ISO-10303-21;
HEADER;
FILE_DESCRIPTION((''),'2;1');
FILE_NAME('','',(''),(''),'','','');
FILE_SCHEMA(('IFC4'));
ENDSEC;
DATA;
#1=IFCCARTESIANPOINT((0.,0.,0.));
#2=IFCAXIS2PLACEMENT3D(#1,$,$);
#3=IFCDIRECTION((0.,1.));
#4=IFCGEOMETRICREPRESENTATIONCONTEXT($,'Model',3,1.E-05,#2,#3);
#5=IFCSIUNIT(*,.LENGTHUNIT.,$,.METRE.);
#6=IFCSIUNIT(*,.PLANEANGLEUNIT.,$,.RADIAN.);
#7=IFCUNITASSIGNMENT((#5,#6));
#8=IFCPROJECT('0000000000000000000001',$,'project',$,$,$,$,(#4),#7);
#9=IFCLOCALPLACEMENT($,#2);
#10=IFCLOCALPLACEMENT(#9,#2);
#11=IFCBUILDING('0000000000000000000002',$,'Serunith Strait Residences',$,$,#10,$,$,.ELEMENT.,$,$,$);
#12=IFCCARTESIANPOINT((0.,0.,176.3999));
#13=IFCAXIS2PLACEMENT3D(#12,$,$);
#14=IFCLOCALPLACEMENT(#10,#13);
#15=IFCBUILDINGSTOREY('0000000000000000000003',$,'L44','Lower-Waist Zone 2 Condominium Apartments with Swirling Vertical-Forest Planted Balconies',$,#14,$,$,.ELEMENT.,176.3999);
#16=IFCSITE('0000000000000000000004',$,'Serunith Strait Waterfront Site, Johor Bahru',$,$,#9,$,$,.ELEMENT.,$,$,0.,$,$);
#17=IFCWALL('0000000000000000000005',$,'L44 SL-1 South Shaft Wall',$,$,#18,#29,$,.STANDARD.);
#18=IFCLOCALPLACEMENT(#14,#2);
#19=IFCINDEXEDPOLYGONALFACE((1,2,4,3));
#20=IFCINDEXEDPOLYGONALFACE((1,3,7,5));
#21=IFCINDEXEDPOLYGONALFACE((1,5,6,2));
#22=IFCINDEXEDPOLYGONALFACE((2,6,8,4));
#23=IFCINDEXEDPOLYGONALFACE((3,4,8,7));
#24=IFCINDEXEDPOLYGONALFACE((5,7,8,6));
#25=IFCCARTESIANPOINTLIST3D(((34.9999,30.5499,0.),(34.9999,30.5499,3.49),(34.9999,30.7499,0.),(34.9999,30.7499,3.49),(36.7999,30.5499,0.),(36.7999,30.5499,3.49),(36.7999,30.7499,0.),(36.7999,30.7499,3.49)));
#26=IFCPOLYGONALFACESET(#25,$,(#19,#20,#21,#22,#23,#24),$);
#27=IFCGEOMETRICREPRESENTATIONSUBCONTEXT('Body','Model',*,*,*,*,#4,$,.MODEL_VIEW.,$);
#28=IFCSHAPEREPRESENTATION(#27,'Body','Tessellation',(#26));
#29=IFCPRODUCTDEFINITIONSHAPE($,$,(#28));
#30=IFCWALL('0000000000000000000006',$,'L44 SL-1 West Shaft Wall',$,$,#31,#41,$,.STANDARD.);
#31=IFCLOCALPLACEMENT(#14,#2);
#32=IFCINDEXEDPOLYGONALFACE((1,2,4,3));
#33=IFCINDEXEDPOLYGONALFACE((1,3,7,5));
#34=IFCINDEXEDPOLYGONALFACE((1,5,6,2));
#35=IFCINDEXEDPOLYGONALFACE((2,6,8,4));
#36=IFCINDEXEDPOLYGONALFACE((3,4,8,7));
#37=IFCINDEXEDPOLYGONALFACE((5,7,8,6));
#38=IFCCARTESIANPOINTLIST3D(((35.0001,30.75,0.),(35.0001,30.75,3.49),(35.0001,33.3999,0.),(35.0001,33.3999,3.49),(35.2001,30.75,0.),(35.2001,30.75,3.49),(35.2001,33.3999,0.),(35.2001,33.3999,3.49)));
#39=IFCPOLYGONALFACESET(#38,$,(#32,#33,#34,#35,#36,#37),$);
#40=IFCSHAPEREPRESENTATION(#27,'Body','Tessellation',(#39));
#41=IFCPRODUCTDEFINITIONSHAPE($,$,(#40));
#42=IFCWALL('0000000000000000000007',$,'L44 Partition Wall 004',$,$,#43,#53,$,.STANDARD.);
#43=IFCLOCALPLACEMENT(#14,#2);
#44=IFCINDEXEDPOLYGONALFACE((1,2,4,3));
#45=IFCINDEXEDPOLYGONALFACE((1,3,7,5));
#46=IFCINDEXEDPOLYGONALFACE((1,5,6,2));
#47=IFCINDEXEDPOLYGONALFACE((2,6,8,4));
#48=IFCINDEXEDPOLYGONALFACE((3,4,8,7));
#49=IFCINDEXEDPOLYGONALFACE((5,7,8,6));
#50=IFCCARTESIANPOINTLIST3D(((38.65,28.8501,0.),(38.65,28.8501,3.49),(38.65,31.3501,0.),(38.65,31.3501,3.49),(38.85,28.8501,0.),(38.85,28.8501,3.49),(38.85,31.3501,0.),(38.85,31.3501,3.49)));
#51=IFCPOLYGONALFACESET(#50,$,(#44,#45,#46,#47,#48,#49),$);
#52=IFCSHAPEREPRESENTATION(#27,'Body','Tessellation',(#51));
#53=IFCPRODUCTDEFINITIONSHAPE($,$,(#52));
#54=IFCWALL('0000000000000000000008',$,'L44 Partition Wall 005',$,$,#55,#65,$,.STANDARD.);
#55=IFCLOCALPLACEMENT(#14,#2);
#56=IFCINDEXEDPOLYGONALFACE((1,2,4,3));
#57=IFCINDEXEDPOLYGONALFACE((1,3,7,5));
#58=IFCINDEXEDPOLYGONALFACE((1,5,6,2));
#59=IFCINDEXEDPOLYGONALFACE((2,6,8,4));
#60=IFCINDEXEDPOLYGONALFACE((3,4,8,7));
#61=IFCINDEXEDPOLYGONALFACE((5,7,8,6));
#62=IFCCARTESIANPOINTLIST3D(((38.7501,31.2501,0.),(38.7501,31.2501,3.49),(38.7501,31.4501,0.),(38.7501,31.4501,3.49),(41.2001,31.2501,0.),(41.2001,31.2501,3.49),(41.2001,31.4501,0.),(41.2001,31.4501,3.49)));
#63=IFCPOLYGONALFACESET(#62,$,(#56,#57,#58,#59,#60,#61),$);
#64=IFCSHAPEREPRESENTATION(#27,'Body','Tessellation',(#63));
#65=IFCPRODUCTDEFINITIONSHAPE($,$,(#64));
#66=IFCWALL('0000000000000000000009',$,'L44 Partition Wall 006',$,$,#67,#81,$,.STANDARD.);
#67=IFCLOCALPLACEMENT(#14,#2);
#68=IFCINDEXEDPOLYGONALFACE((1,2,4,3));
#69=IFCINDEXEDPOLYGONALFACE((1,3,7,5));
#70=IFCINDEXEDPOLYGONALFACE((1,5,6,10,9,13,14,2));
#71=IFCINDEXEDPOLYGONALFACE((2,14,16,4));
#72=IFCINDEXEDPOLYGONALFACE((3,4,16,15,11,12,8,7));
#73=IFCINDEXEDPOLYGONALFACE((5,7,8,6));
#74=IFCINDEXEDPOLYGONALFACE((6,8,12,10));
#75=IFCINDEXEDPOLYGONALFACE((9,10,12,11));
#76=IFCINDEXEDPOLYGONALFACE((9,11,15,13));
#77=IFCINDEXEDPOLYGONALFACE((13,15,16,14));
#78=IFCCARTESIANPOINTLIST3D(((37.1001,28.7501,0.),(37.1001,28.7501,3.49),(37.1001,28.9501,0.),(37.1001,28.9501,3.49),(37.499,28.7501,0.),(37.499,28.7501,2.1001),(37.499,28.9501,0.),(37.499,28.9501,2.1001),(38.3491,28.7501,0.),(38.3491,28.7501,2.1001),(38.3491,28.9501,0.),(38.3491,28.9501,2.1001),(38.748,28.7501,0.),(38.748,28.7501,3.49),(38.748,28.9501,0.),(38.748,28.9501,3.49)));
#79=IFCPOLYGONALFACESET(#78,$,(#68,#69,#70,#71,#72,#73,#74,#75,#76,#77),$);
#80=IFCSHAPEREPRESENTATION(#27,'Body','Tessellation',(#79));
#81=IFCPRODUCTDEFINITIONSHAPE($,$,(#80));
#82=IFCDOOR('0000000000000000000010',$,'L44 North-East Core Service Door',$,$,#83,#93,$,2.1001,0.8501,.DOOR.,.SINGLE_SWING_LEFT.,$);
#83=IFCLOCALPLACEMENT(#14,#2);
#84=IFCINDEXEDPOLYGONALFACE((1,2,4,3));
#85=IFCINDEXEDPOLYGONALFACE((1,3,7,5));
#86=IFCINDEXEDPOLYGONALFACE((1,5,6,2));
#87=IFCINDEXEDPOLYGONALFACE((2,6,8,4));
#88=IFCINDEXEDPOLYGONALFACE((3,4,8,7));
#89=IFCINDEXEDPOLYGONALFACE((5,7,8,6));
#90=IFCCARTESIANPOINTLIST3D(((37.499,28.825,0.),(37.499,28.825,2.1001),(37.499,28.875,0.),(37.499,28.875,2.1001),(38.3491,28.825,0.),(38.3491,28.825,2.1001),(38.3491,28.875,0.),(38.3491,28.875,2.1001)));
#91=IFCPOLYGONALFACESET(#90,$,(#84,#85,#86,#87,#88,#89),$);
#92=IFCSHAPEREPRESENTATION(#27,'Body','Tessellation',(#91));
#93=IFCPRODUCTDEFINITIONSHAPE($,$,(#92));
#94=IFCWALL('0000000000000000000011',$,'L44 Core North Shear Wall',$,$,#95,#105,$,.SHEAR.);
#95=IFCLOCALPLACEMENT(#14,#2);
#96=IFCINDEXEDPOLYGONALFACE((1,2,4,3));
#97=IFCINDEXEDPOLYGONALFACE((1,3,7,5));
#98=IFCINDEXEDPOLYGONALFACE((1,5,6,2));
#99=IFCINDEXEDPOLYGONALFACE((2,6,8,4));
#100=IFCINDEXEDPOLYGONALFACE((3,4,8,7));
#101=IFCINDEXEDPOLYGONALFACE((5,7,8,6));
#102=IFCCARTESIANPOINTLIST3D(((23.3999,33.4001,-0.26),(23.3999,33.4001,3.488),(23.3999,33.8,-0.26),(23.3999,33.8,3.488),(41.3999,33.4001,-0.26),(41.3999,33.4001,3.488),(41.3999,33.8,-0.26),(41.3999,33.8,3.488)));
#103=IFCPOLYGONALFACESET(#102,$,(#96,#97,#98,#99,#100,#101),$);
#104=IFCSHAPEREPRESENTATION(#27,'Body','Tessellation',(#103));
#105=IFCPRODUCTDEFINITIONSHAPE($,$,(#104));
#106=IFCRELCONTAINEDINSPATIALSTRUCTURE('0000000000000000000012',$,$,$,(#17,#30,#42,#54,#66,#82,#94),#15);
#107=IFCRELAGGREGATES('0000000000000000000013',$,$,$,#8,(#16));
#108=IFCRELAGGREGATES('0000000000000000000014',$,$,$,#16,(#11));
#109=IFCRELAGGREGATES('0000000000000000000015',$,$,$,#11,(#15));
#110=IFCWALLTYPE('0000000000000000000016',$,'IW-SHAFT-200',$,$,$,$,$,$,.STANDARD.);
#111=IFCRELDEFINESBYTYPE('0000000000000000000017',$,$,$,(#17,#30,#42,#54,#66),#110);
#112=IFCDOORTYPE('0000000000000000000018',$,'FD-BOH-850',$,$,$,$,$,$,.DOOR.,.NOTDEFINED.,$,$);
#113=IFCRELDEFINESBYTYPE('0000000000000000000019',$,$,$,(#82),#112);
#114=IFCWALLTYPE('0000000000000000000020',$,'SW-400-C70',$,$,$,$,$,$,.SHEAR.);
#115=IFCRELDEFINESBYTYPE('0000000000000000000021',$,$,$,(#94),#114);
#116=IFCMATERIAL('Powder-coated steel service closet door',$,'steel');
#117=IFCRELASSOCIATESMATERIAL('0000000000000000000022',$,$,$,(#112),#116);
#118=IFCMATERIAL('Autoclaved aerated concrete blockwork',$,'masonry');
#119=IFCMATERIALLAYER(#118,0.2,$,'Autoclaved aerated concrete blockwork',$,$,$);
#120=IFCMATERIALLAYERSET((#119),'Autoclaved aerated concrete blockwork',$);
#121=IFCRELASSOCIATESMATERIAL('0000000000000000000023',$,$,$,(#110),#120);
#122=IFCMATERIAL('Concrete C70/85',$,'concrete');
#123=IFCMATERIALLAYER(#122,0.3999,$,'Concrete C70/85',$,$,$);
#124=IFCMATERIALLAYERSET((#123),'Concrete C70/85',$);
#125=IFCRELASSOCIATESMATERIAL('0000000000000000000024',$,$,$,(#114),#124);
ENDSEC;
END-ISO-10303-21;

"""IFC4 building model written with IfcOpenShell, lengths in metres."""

from ifc_helpers import new_model, si_unit, direction, frame, frame_2d, origin, place, context, subcontext, project, spatial, rectangle, extrude, source, transform, mapped, material, layer, layer_set, type_object, element, fill, save


model = new_model("IFC4")

# Units and contexts
model_context = context("Model", 3, precision=1e-05, world=origin(), true_north=direction((0.0, 1.0)))
body_context = subcontext(model_context, "Body", "Model", "MODEL_VIEW")
ifc_project = project(units=[si_unit("LENGTHUNIT", "METRE"), si_unit("PLANEANGLEUNIT", "RADIAN")], contexts=[model_context])

# Site, building, storey
site_placement = place(None, origin())
site = spatial("IfcSite", under=ifc_project, at=site_placement, Name="Serunith Strait Waterfront Site, Johor Bahru", CompositionType="ELEMENT", RefElevation=0.0)
building_placement = place(site_placement, origin())
building = spatial("IfcBuilding", under=site, at=building_placement, Name="Serunith Strait Residences", CompositionType="ELEMENT")
storey_placement = place(building_placement, frame((0.0, 0.0, 176.3999)))
storey = spatial("IfcBuildingStorey", under=building, at=storey_placement, Name="L44", Description="Lower-Waist Zone 2 Condominium Apartments with Swirling Vertical-Forest Planted Balconies", CompositionType="ELEMENT", Elevation=176.3999)

# Shared definitions
ifc_material_1 = material(Name="Powder-coated steel service closet door", Category="steel")
door_type_1 = type_object("IfcDoorType", Name="FD-BOH-850", OperationType="NOTDEFINED", PredefinedType="DOOR", material=ifc_material_1)
shared_shape_1 = source(origin(), body_context, "Body", "SweptSolid", [
    extrude(rectangle(XDim=0.8501, YDim=2.1001, at=frame_2d((0.425, 1.05))), frame((0.0, 0.0249, 0.0), z_axis=(0.0, -1.0, 0.0), x_axis=(1.0, 0.0, 0.0)), (0.0, 0.0, 1.0), 0.05),
])
ifc_material_2 = material(Name="Autoclaved aerated concrete blockwork", Category="masonry")
ifc_layer_1 = layer(ifc_material_2, 0.2, Name="Autoclaved aerated concrete blockwork")
ifc_layer_set_1 = layer_set([ifc_layer_1], Name="Autoclaved aerated concrete blockwork")
wall_type_1 = type_object("IfcWallType", Name="IW-SHAFT-200", PredefinedType="STANDARD", material=ifc_layer_set_1)

# Walls
wall_1_placement = place(storey_placement, frame((35.0, 30.6499, 0.0), z_axis=(0.0, 0.0, 1.0), x_axis=(1.0, 0.0, 0.0)))
element("IfcWall", 1, at=wall_1_placement, inside=storey, type_object=wall_type_1, Name="L44 SL-1 South Shaft Wall", PredefinedType="STANDARD", context=body_context, shape_type="SweptSolid", body=[
    extrude(rectangle(XDim=1.8, YDim=0.2, at=frame_2d((0.8999, 0.0))), origin(), (0.0, 0.0, 1.0), 3.49),
])
wall_2_placement = place(storey_placement, frame((35.1001, 30.75, 0.0), z_axis=(0.0, 0.0, 1.0), x_axis=(0.0, 1.0, 0.0)))
element("IfcWall", 2, at=wall_2_placement, inside=storey, type_object=wall_type_1, Name="L44 SL-1 West Shaft Wall", PredefinedType="STANDARD", context=body_context, shape_type="SweptSolid", body=[
    extrude(rectangle(XDim=2.6499, YDim=0.2, at=frame_2d((1.325, 0.0))), origin(), (0.0, 0.0, 1.0), 3.49),
])
wall_3_placement = place(storey_placement, frame((38.75, 28.8501, 0.0), z_axis=(0.0, 0.0, 1.0), x_axis=(0.0, 1.0, 0.0)))
element("IfcWall", 3, at=wall_3_placement, inside=storey, type_object=wall_type_1, Name="L44 Partition Wall 004", PredefinedType="STANDARD", context=body_context, shape_type="SweptSolid", body=[
    extrude(rectangle(XDim=2.5, YDim=0.2, at=frame_2d((1.25, 0.0))), origin(), (0.0, 0.0, 1.0), 3.49),
])
wall_4_placement = place(storey_placement, frame((38.75, 31.3501, 0.0), z_axis=(0.0, 0.0, 1.0), x_axis=(1.0, 0.0, 0.0)))
element("IfcWall", 4, at=wall_4_placement, inside=storey, type_object=wall_type_1, Name="L44 Partition Wall 005", PredefinedType="STANDARD", context=body_context, shape_type="SweptSolid", body=[
    extrude(rectangle(XDim=2.45, YDim=0.2, at=frame_2d((1.2251, 0.0))), origin(), (0.0, 0.0, 1.0), 3.49),
])

# Wall, opening, door
wall_5_placement = place(storey_placement, frame((37.1001, 28.8501, 0.0), z_axis=(0.0, 0.0, 1.0), x_axis=(1.0, 0.0, 0.0)))
wall_5 = element("IfcWall", 5, at=wall_5_placement, inside=storey, type_object=wall_type_1, Name="L44 Partition Wall 006", PredefinedType="STANDARD", context=body_context, shape_type="SweptSolid", body=[
    extrude(rectangle(XDim=1.6479, YDim=0.2, at=frame_2d((0.824, 0.0))), origin(), (0.0, 0.0, 1.0), 3.49),
])
opening_1_placement = place(wall_5_placement, frame((0.3989, 0.0, 0.0)))
opening_1 = element("IfcOpeningElement", 6, at=opening_1_placement, cuts=wall_5, PredefinedType="OPENING", context=body_context, shape_type="SweptSolid", body=[
    extrude(rectangle(XDim=0.8501, YDim=2.1001, at=frame_2d((0.425, 1.05))), frame((0.0, 0.1099, 0.0), z_axis=(0.0, -1.0, 0.0), x_axis=(1.0, 0.0, 0.0)), (0.0, 0.0, 1.0), 0.22),
])
door_1_placement = place(opening_1_placement, origin())
door_1 = element("IfcDoor", 7, at=door_1_placement, inside=storey, type_object=door_type_1, Name="L44 North-East Core Service Door", OperationType="SINGLE_SWING_LEFT", OverallHeight=2.1001, OverallWidth=0.8501, PredefinedType="DOOR", context=body_context, shape_type="MappedRepresentation", body=[
    mapped(shared_shape_1, transform((0.0, 0.0, 0.0), scale=1.0)),
])
fill(opening_1, door_1)

# Wall
ifc_material_3 = material(Name="Concrete C70/85", Category="concrete")
ifc_layer_2 = layer(ifc_material_3, 0.3999, Name="Concrete C70/85")
ifc_layer_set_2 = layer_set([ifc_layer_2], Name="Concrete C70/85")
wall_type_2 = type_object("IfcWallType", Name="SW-400-C70", PredefinedType="SHEAR", material=ifc_layer_set_2)
wall_6_placement = place(storey_placement, frame((41.3999, 33.6001, -0.26), z_axis=(0.0, 0.0, 1.0), x_axis=(-1.0, 0.0, 0.0)))
element("IfcWall", 8, at=wall_6_placement, inside=storey, type_object=wall_type_2, Name="L44 Core North Shear Wall", PredefinedType="SHEAR", context=body_context, shape_type="SweptSolid", body=[
    extrude(rectangle(XDim=18.0, YDim=0.3999, at=frame_2d((9.0, 0.0))), origin(), (0.0, 0.0, 1.0), 3.748),
])

save(model, "model.ifc")
